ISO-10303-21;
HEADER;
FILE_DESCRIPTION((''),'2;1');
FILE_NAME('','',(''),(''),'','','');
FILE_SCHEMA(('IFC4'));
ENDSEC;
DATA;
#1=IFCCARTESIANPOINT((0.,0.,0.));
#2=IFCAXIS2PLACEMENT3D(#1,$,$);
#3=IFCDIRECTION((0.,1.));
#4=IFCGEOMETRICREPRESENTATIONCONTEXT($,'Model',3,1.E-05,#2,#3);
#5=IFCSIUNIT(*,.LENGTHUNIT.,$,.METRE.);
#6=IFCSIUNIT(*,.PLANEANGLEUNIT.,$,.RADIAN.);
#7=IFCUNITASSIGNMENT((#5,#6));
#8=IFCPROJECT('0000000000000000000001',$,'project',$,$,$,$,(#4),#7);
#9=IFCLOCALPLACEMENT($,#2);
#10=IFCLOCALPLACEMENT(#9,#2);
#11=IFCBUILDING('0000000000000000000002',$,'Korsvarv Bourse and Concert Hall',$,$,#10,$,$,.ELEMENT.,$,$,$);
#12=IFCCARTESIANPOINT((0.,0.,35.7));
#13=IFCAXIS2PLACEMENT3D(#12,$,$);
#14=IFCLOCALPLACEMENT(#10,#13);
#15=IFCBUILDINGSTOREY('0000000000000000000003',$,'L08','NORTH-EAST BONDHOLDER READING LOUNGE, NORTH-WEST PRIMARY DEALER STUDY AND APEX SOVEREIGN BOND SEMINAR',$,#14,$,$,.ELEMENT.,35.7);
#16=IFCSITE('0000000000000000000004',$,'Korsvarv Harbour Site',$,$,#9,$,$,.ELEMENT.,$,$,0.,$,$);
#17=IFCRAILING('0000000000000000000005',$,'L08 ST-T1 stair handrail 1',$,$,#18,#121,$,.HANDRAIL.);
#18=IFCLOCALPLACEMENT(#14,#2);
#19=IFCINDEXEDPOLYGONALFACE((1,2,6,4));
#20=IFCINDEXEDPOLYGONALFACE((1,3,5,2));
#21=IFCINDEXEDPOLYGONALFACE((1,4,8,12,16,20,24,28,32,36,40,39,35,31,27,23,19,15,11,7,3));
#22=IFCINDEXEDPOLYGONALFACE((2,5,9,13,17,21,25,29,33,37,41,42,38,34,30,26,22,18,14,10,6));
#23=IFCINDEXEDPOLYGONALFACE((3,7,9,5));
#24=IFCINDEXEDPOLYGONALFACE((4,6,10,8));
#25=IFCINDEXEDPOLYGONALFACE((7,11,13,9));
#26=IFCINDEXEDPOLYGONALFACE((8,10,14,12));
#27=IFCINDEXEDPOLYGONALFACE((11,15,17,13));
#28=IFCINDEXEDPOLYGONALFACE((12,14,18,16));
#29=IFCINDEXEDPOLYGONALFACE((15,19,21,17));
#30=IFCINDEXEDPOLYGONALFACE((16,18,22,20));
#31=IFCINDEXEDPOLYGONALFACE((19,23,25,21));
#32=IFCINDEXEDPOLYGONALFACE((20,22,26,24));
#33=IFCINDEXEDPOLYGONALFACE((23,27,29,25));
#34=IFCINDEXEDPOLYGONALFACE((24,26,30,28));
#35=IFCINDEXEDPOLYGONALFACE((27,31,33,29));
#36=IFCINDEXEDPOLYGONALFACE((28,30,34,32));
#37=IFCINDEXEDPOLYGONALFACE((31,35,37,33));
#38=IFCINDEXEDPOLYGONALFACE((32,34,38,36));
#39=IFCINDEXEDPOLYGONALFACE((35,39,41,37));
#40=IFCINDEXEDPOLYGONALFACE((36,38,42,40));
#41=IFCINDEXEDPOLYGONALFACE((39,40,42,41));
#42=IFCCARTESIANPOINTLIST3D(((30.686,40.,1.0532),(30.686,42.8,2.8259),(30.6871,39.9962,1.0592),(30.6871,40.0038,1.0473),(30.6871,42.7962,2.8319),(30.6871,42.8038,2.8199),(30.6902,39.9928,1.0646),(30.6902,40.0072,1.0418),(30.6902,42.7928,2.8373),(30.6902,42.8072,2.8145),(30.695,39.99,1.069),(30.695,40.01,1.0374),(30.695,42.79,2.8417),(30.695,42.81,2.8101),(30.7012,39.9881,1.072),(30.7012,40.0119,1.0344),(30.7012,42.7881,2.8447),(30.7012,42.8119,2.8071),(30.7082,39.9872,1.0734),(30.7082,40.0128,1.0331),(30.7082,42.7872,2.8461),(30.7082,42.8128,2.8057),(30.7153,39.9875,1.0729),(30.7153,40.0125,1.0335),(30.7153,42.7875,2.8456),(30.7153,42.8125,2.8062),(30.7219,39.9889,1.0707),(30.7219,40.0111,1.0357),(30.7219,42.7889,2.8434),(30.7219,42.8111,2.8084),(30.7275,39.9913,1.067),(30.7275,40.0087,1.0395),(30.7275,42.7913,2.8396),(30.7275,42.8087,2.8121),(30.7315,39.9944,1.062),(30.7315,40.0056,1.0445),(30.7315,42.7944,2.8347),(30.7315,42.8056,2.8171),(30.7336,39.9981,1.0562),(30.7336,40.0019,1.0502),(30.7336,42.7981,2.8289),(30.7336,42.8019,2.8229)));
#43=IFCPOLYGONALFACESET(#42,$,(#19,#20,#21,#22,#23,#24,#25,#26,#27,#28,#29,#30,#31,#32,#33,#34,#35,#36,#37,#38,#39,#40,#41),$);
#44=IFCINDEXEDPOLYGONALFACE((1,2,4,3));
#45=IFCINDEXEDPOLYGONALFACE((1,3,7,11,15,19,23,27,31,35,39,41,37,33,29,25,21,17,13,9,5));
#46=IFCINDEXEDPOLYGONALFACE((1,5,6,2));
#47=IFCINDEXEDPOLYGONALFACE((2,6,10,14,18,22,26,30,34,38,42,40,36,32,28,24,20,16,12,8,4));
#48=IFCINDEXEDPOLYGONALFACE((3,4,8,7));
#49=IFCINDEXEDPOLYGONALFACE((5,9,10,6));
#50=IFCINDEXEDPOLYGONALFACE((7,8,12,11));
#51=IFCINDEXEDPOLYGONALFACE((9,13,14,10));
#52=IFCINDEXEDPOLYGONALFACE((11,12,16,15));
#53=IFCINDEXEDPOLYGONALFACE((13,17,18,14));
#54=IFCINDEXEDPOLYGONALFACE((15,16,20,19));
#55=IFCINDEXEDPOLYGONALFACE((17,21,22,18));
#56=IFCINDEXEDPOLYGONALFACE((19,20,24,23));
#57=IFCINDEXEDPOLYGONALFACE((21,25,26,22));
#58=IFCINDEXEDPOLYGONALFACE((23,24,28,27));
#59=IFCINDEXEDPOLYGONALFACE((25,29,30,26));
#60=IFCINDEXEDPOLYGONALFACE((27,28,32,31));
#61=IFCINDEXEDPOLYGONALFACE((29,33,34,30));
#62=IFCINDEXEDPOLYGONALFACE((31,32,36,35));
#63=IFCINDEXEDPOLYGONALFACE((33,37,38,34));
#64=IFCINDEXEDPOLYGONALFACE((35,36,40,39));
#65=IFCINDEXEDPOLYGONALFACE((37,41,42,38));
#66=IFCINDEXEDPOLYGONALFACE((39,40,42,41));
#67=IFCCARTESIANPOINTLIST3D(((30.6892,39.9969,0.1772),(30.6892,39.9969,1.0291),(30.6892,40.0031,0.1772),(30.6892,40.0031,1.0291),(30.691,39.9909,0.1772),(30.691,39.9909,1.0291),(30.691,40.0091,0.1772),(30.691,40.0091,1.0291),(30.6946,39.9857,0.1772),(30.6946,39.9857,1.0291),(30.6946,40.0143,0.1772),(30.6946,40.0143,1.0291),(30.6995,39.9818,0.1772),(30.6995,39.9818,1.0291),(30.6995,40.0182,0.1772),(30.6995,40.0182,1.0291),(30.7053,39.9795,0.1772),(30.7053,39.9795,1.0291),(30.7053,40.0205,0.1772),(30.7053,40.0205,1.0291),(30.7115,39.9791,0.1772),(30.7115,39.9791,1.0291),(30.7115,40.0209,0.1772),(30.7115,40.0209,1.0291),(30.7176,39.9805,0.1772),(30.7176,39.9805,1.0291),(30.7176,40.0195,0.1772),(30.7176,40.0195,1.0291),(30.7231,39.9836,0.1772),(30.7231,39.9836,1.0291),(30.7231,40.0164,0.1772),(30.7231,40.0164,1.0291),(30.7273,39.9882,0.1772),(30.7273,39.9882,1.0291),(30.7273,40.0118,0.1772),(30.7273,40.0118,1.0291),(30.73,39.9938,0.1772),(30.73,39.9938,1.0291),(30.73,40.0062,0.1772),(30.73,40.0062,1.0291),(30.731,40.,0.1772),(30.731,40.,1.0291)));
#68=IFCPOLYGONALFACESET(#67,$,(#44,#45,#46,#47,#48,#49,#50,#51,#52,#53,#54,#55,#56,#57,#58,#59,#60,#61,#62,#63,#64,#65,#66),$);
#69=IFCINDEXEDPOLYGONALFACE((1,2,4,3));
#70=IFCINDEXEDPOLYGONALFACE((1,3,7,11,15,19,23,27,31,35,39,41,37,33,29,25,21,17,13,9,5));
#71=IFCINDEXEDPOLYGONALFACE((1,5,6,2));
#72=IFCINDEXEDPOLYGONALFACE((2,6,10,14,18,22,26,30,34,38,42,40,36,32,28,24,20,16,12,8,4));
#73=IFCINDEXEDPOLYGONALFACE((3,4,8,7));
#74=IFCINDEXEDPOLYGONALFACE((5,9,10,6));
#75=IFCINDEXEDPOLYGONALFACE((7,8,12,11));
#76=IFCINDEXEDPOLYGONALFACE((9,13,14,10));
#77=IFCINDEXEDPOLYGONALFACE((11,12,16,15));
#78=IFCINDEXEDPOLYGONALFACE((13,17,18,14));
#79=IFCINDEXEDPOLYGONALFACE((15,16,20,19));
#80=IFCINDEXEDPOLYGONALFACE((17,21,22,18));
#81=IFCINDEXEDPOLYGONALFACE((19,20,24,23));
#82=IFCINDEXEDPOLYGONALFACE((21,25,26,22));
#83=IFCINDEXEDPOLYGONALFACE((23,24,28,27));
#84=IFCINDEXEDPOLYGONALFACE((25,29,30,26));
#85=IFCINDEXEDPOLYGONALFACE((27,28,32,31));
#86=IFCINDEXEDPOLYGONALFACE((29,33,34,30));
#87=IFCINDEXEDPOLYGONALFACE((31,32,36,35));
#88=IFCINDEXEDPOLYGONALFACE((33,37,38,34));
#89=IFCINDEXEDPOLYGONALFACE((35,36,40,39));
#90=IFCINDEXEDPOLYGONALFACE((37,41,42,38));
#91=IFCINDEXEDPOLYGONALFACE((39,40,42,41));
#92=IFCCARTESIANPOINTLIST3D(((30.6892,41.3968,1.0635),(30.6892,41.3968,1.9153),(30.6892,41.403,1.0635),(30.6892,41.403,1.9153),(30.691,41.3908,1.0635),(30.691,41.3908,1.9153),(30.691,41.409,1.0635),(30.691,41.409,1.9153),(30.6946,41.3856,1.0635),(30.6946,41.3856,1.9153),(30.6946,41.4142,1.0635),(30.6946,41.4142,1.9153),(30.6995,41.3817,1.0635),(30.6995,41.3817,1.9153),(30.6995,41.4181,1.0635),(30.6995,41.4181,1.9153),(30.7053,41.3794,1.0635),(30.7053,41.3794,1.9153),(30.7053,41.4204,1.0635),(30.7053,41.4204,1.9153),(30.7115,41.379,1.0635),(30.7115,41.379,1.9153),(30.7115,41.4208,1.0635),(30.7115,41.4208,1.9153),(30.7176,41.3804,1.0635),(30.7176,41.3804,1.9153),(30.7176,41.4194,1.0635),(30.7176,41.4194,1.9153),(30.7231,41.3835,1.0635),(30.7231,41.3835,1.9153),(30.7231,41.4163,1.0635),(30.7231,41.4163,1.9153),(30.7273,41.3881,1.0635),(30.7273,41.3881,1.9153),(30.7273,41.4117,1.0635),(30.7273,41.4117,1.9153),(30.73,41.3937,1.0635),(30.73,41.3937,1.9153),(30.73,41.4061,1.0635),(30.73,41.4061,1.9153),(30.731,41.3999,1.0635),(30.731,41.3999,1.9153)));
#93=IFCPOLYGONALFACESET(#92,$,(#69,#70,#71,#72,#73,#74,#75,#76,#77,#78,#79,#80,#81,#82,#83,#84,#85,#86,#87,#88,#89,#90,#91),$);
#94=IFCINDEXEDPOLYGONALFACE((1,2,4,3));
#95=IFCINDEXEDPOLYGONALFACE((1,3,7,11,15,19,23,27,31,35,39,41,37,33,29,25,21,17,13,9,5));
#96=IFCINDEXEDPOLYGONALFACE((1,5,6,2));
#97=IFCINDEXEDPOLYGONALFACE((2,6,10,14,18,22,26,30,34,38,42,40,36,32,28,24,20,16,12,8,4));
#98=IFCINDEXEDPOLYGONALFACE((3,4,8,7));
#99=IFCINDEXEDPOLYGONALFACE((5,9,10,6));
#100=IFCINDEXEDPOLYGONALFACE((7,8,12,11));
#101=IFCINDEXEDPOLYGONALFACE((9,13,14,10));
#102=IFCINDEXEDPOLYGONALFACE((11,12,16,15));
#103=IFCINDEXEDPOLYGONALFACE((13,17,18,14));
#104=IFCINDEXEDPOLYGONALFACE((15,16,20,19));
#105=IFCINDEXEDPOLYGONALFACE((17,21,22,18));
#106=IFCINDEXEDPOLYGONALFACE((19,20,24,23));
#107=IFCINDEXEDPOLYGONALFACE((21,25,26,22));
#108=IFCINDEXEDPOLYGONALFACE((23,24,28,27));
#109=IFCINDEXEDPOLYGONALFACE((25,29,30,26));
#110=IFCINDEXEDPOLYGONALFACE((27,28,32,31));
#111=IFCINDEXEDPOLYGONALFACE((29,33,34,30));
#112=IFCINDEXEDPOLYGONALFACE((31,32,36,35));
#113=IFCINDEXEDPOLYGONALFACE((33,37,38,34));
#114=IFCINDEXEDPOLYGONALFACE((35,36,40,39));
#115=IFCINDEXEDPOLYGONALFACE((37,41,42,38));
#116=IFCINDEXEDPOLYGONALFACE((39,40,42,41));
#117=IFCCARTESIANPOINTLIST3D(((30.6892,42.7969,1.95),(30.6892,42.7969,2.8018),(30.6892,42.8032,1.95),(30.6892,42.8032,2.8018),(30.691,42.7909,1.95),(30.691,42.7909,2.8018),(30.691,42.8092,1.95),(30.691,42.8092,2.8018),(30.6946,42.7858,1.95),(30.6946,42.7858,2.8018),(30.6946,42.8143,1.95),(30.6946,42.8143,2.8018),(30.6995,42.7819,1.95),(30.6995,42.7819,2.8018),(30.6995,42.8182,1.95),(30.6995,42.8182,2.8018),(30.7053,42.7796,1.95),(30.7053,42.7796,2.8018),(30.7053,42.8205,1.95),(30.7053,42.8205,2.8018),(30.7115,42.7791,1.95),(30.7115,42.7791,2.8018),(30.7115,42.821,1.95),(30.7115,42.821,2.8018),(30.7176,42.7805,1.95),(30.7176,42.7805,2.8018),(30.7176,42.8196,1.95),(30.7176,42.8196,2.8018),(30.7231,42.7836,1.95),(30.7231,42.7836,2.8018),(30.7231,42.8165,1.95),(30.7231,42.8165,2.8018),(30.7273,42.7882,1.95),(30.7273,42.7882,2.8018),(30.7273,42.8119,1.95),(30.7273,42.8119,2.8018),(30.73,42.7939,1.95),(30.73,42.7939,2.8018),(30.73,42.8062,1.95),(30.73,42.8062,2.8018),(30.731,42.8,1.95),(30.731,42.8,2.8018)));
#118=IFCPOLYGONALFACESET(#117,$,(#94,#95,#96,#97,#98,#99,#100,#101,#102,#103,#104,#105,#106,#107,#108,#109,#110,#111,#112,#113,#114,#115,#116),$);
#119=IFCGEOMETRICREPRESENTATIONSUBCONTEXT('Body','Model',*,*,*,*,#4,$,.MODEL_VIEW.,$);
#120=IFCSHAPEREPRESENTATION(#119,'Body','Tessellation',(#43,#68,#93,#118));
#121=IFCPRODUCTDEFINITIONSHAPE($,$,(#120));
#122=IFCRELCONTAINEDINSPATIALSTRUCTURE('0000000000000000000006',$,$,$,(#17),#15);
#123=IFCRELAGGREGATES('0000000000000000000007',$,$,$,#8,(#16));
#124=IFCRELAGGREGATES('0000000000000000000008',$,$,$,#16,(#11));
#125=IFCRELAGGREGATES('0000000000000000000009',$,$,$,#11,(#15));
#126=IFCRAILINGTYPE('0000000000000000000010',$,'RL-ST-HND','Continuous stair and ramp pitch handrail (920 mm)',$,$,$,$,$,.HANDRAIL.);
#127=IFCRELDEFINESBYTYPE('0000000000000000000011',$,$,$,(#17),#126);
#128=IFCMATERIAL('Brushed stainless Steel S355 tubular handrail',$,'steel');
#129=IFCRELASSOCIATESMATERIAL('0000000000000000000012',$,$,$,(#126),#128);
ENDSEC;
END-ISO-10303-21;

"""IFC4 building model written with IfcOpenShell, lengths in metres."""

from ifc_helpers import new_model, si_unit, direction, frame, origin, origin_2d, place, context, subcontext, project, spatial, circle, extrude, material, type_object, element, save


model = new_model("IFC4")

# Units and contexts
model_context = context("Model", 3, precision=1e-05, world=origin(), true_north=direction((0.0, 1.0)))
body_context = subcontext(model_context, "Body", "Model", "MODEL_VIEW")
ifc_project = project(units=[si_unit("LENGTHUNIT", "METRE"), si_unit("PLANEANGLEUNIT", "RADIAN")], contexts=[model_context])

# Site, building, storey
site_placement = place(None, origin())
site = spatial("IfcSite", under=ifc_project, at=site_placement, Name="Korsvarv Harbour Site", CompositionType="ELEMENT", RefElevation=0.0)
building_placement = place(site_placement, origin())
building = spatial("IfcBuilding", under=site, at=building_placement, Name="Korsvarv Bourse and Concert Hall", CompositionType="ELEMENT")
storey_placement = place(building_placement, frame((0.0, 0.0, 35.7)))
storey = spatial("IfcBuildingStorey", under=building, at=storey_placement, Name="L08", Description="NORTH-EAST BONDHOLDER READING LOUNGE, NORTH-WEST PRIMARY DEALER STUDY AND APEX SOVEREIGN BOND SEMINAR", CompositionType="ELEMENT", Elevation=35.7)

# Railing
ifc_material_1 = material(Name="Brushed stainless Steel S355 tubular handrail", Category="steel")
railing_type_1 = type_object("IfcRailingType", Name="RL-ST-HND", Description="Continuous stair and ramp pitch handrail (920 mm)", PredefinedType="HANDRAIL", material=ifc_material_1)
railing_1_placement = place(storey_placement, frame((30.71, 40.0, 0.1772)))
element("IfcRailing", 1, at=railing_1_placement, inside=storey, type_object=railing_type_1, Name="L08 ST-T1 stair handrail 1", PredefinedType="HANDRAIL", context=body_context, shape_type="SweptSolid", body=[
    extrude(circle(Radius=0.0239, at=origin_2d()), frame((0.0, 0.0, 0.876), z_axis=(0.0, 0.844909, 0.53491), x_axis=(-1.0, 0.0, 0.0)), (0.0, 0.0, 1.0), 3.314),
    extrude(circle(Radius=0.021, at=origin_2d()), origin(), (0.0, 0.0, 1.0), 0.8518),
    extrude(circle(Radius=0.021, at=origin_2d()), frame((0.0, 1.3999, 0.8862)), (0.0, 0.0, 1.0), 0.8518),
    extrude(circle(Radius=0.021, at=origin_2d()), frame((0.0, 2.8, 1.7727)), (0.0, 0.0, 1.0), 0.8518),
])

save(model, "model.ifc")
